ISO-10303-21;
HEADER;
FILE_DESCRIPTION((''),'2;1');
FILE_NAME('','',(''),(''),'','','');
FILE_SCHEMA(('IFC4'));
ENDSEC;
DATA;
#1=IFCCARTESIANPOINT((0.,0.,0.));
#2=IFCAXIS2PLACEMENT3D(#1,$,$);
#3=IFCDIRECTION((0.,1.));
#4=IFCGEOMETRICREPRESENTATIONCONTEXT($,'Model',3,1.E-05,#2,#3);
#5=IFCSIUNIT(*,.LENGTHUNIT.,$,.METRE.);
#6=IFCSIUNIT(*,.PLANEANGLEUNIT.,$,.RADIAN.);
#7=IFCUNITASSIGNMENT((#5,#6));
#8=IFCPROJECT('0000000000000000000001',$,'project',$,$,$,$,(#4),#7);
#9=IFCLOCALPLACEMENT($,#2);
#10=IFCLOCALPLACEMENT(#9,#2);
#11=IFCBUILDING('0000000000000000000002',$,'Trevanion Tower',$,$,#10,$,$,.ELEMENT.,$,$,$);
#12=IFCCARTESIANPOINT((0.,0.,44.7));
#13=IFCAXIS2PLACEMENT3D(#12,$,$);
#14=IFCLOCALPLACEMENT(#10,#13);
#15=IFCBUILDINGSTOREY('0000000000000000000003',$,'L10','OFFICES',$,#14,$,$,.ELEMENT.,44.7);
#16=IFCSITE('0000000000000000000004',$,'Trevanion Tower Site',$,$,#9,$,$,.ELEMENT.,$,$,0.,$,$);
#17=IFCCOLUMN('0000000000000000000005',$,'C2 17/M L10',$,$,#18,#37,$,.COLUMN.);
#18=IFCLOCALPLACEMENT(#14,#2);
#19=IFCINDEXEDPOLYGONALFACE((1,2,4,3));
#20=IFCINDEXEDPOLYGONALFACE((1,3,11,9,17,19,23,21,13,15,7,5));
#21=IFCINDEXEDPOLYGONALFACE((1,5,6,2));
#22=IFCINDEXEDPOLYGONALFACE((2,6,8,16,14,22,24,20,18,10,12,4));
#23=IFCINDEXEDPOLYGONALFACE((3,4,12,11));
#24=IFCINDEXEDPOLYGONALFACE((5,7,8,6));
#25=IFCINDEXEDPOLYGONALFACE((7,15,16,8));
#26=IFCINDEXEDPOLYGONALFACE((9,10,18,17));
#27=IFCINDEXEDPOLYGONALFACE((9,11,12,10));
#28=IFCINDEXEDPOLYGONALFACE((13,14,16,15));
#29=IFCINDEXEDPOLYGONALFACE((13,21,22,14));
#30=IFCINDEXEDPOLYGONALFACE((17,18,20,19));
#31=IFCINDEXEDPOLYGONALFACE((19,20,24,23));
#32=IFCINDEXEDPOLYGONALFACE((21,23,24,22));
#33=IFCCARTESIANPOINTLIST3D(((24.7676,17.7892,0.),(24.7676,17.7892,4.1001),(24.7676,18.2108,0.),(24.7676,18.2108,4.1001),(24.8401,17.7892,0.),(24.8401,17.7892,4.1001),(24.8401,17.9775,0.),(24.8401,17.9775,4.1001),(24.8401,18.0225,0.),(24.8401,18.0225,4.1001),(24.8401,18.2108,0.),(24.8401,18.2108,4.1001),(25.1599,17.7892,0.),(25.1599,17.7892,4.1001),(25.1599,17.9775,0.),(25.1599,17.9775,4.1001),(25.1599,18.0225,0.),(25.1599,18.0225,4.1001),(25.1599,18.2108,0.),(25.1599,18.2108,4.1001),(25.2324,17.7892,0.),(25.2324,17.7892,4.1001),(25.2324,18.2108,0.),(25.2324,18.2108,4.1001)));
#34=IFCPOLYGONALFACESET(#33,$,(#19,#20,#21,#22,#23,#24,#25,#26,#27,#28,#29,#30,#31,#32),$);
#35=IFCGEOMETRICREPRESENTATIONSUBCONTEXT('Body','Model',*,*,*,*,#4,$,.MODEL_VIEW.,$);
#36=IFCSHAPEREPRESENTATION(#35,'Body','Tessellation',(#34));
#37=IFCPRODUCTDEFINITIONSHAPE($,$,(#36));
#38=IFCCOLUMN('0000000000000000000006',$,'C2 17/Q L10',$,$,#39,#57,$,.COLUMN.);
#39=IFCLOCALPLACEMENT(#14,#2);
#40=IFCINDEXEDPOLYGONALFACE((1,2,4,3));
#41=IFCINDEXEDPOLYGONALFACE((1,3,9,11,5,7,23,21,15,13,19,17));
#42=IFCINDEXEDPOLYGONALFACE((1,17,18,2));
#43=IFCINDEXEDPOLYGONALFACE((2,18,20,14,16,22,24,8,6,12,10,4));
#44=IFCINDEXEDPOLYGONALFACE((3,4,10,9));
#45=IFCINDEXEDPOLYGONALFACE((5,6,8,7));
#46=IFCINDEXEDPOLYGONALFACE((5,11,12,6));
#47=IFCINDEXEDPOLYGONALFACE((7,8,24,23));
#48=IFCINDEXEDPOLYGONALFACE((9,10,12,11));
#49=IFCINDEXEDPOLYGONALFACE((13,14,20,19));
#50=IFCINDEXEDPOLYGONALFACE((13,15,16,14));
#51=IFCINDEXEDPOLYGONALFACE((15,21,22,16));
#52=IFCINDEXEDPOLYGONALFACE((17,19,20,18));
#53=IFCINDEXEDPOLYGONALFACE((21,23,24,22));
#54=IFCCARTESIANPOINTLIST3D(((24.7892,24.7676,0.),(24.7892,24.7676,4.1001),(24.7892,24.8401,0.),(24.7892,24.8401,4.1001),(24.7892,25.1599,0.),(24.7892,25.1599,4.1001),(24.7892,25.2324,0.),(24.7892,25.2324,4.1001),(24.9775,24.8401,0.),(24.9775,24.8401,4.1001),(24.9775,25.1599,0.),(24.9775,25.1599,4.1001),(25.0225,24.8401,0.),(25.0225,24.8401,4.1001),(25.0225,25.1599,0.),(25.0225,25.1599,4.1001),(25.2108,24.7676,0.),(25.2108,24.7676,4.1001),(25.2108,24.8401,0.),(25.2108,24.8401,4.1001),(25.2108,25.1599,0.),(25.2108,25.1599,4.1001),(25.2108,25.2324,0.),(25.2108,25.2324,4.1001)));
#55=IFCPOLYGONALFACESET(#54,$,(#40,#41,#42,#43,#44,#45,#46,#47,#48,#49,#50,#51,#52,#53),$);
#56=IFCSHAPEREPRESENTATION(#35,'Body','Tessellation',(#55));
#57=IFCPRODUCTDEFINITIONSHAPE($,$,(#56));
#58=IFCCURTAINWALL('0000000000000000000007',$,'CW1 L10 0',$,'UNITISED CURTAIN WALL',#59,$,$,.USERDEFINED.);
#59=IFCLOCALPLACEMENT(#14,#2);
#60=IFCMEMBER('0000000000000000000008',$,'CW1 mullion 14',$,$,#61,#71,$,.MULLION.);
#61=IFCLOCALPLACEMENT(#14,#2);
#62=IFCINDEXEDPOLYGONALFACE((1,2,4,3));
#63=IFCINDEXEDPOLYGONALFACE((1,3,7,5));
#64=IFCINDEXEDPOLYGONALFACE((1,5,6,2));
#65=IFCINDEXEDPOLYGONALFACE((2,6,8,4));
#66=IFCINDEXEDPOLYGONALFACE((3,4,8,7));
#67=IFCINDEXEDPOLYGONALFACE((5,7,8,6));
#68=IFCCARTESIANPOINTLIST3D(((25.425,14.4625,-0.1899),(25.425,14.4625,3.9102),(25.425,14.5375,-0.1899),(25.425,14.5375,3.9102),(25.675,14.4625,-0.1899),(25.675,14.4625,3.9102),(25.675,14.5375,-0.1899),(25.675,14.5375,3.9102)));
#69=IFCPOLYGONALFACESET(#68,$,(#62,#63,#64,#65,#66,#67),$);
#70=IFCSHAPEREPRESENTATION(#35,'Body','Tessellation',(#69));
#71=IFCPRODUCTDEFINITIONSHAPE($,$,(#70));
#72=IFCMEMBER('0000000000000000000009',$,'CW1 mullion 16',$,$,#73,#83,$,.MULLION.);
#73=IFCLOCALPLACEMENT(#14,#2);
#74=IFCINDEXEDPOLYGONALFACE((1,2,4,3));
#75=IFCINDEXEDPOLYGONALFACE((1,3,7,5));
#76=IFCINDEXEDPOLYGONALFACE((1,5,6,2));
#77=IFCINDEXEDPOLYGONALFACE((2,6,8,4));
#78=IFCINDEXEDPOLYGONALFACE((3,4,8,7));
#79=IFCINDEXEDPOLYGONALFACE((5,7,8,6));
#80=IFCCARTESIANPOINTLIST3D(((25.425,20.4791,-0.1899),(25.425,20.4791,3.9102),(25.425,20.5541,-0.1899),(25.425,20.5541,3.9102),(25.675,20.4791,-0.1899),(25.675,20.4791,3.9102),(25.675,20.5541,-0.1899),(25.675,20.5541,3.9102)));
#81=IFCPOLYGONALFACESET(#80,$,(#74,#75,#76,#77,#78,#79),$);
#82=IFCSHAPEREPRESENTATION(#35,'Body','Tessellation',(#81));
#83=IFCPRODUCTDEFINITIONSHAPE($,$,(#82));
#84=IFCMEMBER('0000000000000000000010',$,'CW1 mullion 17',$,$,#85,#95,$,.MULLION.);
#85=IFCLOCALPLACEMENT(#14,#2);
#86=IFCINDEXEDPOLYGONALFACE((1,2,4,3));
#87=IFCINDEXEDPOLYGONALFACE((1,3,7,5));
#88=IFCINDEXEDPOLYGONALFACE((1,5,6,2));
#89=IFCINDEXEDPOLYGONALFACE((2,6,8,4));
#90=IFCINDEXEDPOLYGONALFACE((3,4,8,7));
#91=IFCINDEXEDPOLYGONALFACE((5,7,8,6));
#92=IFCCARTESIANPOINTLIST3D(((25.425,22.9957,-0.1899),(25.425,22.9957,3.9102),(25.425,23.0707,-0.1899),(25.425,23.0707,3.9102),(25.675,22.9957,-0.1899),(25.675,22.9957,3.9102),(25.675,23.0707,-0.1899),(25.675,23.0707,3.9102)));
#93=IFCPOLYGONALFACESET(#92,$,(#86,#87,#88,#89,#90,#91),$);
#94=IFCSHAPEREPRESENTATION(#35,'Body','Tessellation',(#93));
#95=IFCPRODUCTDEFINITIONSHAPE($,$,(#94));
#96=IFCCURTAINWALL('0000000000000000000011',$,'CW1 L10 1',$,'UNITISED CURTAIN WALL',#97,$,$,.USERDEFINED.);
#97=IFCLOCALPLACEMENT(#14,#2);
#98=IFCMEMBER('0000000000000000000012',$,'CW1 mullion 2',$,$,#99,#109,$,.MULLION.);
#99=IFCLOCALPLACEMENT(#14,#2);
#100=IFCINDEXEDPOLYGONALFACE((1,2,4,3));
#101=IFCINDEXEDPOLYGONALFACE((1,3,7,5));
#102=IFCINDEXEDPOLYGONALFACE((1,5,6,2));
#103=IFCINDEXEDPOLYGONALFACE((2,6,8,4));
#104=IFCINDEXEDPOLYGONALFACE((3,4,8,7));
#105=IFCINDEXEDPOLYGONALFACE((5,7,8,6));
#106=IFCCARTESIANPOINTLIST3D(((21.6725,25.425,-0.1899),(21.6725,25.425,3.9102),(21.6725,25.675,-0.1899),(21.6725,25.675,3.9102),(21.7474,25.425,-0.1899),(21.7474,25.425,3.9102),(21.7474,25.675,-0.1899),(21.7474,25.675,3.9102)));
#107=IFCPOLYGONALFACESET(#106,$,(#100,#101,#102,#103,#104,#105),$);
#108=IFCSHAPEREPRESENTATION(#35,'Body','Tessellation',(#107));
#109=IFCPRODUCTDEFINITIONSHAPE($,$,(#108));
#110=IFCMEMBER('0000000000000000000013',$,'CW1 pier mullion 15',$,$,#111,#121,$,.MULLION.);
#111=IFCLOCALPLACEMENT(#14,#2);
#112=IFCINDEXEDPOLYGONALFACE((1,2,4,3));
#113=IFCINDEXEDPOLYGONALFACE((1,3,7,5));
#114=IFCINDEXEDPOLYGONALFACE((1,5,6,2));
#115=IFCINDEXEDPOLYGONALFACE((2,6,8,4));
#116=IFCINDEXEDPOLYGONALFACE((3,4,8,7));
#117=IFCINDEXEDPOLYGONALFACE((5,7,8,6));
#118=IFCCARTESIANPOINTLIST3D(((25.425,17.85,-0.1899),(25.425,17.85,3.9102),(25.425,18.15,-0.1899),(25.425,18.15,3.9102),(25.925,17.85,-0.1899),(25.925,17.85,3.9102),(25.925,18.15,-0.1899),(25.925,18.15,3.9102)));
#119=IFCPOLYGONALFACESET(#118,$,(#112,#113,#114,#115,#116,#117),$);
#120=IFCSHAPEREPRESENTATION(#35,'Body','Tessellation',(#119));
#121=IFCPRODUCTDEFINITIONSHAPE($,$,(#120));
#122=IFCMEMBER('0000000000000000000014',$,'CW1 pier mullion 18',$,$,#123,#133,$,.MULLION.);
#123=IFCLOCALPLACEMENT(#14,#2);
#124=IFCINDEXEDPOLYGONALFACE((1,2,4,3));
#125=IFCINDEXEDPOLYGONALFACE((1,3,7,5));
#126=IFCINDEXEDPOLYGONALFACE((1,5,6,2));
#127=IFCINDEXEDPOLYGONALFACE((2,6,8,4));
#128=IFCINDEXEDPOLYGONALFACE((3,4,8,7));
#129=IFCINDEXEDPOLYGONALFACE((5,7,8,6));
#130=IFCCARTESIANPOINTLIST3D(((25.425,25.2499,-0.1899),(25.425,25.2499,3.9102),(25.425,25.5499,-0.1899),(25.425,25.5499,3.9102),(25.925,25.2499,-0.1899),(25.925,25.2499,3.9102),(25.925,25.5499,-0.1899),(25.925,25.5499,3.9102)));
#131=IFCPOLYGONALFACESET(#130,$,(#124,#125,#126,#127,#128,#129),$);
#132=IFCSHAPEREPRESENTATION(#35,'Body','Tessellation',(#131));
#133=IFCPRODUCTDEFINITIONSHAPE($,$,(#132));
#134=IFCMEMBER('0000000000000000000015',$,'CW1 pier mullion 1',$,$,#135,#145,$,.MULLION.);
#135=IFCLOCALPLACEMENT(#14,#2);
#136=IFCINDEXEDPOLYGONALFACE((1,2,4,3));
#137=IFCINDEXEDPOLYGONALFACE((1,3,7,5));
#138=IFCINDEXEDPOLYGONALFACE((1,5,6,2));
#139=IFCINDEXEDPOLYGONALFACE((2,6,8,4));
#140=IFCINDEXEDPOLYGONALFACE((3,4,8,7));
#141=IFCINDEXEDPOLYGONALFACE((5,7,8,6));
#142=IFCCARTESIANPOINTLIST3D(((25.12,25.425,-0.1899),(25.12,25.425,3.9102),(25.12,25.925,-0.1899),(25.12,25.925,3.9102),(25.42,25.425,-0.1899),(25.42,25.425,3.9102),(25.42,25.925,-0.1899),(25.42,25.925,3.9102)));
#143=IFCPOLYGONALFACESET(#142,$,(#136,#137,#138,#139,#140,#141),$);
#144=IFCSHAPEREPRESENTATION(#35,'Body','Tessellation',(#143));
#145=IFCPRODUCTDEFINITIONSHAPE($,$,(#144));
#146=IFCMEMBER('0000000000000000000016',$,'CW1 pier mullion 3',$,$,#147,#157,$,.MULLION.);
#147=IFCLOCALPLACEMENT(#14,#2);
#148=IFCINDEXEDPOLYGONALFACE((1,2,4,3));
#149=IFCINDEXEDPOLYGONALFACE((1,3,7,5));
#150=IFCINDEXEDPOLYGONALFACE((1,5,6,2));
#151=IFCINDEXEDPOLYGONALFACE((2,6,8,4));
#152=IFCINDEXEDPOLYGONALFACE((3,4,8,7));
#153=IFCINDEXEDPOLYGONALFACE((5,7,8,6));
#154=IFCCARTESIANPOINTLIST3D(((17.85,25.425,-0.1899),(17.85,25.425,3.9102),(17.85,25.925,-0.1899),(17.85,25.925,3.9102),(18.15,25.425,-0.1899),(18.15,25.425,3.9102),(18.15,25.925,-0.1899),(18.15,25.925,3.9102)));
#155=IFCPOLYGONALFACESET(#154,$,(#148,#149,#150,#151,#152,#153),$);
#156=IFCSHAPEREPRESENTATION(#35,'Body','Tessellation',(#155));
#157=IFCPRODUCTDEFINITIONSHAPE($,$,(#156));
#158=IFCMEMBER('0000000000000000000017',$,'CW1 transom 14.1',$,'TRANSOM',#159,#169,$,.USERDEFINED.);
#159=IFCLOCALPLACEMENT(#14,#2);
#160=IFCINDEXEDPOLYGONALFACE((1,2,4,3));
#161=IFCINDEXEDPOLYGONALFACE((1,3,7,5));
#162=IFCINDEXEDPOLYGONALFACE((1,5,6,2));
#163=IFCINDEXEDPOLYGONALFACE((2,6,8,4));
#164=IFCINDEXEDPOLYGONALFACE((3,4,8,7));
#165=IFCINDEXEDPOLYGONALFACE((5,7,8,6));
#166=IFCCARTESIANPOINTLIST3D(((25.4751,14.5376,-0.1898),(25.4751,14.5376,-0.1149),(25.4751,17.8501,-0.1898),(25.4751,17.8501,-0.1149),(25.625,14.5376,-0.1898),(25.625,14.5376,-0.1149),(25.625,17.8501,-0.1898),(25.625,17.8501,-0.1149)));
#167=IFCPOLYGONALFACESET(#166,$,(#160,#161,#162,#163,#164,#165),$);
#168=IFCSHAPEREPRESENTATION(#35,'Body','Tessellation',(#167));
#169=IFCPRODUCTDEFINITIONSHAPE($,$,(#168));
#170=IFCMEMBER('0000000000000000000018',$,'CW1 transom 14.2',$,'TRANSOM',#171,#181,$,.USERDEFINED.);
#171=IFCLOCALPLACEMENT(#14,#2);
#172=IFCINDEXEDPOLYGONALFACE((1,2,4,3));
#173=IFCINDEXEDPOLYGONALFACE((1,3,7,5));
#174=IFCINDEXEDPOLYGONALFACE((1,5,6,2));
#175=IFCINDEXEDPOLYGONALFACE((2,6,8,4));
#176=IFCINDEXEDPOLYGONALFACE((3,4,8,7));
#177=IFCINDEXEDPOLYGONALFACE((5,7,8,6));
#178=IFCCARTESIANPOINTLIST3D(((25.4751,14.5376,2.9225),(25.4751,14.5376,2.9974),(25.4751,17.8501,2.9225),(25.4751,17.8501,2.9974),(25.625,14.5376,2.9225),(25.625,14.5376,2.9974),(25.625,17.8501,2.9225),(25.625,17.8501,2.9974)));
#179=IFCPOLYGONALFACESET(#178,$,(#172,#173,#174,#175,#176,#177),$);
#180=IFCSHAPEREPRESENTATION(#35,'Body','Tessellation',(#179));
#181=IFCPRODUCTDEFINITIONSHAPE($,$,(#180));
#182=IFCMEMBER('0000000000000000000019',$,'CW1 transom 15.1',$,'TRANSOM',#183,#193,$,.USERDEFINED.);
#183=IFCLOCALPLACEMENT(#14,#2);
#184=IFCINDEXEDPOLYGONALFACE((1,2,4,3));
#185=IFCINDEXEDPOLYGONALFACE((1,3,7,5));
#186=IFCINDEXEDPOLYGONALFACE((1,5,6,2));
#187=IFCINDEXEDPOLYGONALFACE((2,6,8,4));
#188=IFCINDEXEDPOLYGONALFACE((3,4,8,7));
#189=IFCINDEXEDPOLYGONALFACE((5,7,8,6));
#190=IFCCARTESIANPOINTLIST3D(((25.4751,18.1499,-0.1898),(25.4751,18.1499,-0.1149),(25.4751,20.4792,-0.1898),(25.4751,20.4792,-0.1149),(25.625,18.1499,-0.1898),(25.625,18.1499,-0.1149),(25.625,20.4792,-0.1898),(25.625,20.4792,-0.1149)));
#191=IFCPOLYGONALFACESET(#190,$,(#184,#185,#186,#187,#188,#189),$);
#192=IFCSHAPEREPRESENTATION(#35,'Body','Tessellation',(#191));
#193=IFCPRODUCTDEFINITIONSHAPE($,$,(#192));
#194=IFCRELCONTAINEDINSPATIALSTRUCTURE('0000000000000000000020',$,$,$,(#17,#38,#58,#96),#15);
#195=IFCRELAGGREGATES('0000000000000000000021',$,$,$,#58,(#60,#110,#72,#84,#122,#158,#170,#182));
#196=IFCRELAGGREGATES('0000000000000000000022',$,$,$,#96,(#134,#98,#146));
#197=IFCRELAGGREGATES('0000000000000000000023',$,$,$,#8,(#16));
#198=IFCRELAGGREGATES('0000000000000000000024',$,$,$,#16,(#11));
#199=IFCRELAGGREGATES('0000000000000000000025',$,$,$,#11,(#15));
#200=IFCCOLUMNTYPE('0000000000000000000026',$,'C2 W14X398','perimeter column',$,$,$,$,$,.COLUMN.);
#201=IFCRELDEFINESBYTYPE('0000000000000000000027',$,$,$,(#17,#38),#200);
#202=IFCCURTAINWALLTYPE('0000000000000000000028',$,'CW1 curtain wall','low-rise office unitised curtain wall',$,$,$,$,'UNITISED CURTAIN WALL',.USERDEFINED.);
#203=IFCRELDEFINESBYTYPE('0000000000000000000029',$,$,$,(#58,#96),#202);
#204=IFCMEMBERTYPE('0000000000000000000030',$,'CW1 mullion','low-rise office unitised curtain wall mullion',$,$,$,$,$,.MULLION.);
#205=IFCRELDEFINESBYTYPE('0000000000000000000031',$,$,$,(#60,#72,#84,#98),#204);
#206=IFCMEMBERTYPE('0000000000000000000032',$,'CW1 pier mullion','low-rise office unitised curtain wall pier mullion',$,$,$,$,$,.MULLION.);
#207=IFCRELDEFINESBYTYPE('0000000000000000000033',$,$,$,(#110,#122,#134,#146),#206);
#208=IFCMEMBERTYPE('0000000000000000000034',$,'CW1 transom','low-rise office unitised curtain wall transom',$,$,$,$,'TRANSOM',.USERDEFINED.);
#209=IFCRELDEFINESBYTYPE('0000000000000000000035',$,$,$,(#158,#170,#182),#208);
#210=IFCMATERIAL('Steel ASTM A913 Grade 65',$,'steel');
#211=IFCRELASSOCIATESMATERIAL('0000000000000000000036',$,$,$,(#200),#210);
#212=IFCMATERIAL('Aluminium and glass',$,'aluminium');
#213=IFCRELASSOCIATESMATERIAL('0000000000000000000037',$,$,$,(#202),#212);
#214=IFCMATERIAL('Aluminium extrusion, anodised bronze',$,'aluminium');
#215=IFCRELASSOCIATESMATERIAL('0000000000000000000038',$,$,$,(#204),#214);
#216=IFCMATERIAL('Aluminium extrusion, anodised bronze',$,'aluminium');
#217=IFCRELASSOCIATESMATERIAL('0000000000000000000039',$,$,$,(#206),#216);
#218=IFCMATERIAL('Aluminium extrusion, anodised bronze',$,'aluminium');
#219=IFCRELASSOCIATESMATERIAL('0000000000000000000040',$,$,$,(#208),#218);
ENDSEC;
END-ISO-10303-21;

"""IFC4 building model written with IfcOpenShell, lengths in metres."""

from ifc_helpers import new_model, si_unit, direction, frame, origin, origin_2d, place, context, subcontext, project, spatial, rectangle, i_section, extrude, material, material_profile, profile_set, type_object, element, aggregate, save


model = new_model("IFC4")

# Units and contexts
model_context = context("Model", 3, precision=1e-05, world=origin(), true_north=direction((0.0, 1.0)))
body_context = subcontext(model_context, "Body", "Model", "MODEL_VIEW")
ifc_project = project(units=[si_unit("LENGTHUNIT", "METRE"), si_unit("PLANEANGLEUNIT", "RADIAN")], contexts=[model_context])

# Site, building, storey
site_placement = place(None, origin())
site = spatial("IfcSite", under=ifc_project, at=site_placement, Name="Trevanion Tower Site", CompositionType="ELEMENT", RefElevation=0.0)
building_placement = place(site_placement, origin())
building = spatial("IfcBuilding", under=site, at=building_placement, Name="Trevanion Tower", CompositionType="ELEMENT")
storey_placement = place(building_placement, frame((0.0, 0.0, 44.7)))
storey = spatial("IfcBuildingStorey", under=building, at=storey_placement, Name="L10", Description="OFFICES", CompositionType="ELEMENT", Elevation=44.7)

# Columns
ifc_material_1 = material(Name="Steel ASTM A913 Grade 65", Category="steel")
ifc_material_profile_1 = material_profile(ifc_material_1, i_section(OverallWidth=0.4216, OverallDepth=0.4648, WebThickness=0.0449, FlangeThickness=0.0725, at=origin_2d()), Name="W14X398")
ifc_profile_set_1 = profile_set([ifc_material_profile_1], Name="Steel ASTM A913 Grade 65")
column_type = type_object("IfcColumnType", Name="C2 W14X398", Description="perimeter column", PredefinedType="COLUMN", material=ifc_profile_set_1)
for number, where, z_axis, x_axis, name in (
    (1, (25.0, 18.0, 0.0), (0.0, 0.0, 1.0), (0.0, 1.0, 0.0), "C2 17/M L10"),
    (2, (25.0, 25.0, 0.0), (0.0, 0.0, 1.0), (1.0, 0.0, 0.0), "C2 17/Q L10"),
):
    element("IfcColumn", number, at=place(storey_placement, frame(where, z_axis=z_axis, x_axis=x_axis)), inside=storey, type_object=column_type, Name=name, PredefinedType="COLUMN", context=body_context, shape_type="SweptSolid", body=[
        extrude(i_section(OverallWidth=0.4216, OverallDepth=0.4648, WebThickness=0.0449, FlangeThickness=0.0725, at=origin_2d()), origin(), (0.0, 0.0, 1.0), 4.1001),
    ])

# Curtain wall, members
ifc_material_2 = material(Name="Aluminium and glass", Category="aluminium")
curtain_wall_type = type_object("IfcCurtainWallType", Name="CW1 curtain wall", Description="low-rise office unitised curtain wall", ElementType="UNITISED CURTAIN WALL", PredefinedType="USERDEFINED", material=ifc_material_2)
curtain_wall_1_placement = place(storey_placement, origin())
curtain_wall_1 = element("IfcCurtainWall", 3, at=curtain_wall_1_placement, inside=storey, type_object=curtain_wall_type, Name="CW1 L10 0", ObjectType="UNITISED CURTAIN WALL", PredefinedType="USERDEFINED")
ifc_material_3 = material(Name="Aluminium extrusion, anodised bronze", Category="aluminium")
ifc_material_profile_2 = material_profile(ifc_material_3, rectangle(XDim=0.075, YDim=0.25, at=origin_2d()), Name="CW1 mullion")
ifc_profile_set_2 = profile_set([ifc_material_profile_2], Name="Aluminium extrusion, anodised bronze")
member_type_1 = type_object("IfcMemberType", Name="CW1 mullion", Description="low-rise office unitised curtain wall mullion", PredefinedType="MULLION", material=ifc_profile_set_2)
member_1_placement = place(storey_placement, frame((25.55, 14.5, -0.1899), z_axis=(0.0, 0.0, 1.0), x_axis=(0.0, 1.0, 0.0)))
member_1 = element("IfcMember", 4, at=member_1_placement, type_object=member_type_1, Name="CW1 mullion 14", PredefinedType="MULLION", context=body_context, shape_type="SweptSolid", body=[
    extrude(rectangle(XDim=0.075, YDim=0.25, at=origin_2d()), origin(), (0.0, 0.0, 1.0), 4.1001),
])
member_2_placement = place(storey_placement, frame((25.55, 20.5166, -0.1899), z_axis=(0.0, 0.0, 1.0), x_axis=(0.0, 1.0, 0.0)))
member_2 = element("IfcMember", 5, at=member_2_placement, type_object=member_type_1, Name="CW1 mullion 16", PredefinedType="MULLION", context=body_context, shape_type="SweptSolid", body=[
    extrude(rectangle(XDim=0.075, YDim=0.25, at=origin_2d()), origin(), (0.0, 0.0, 1.0), 4.1001),
])
member_3_placement = place(storey_placement, frame((25.55, 23.0332, -0.1899), z_axis=(0.0, 0.0, 1.0), x_axis=(0.0, 1.0, 0.0)))
member_3 = element("IfcMember", 6, at=member_3_placement, type_object=member_type_1, Name="CW1 mullion 17", PredefinedType="MULLION", context=body_context, shape_type="SweptSolid", body=[
    extrude(rectangle(XDim=0.075, YDim=0.25, at=origin_2d()), origin(), (0.0, 0.0, 1.0), 4.1001),
])

# Curtain wall, member
curtain_wall_2_placement = place(storey_placement, origin())
curtain_wall_2 = element("IfcCurtainWall", 7, at=curtain_wall_2_placement, inside=storey, type_object=curtain_wall_type, Name="CW1 L10 1", ObjectType="UNITISED CURTAIN WALL", PredefinedType="USERDEFINED")
member_4_placement = place(storey_placement, frame((21.71, 25.55, -0.1899), z_axis=(0.0, 0.0, 1.0), x_axis=(-1.0, 0.0, 0.0)))
member_4 = element("IfcMember", 8, at=member_4_placement, type_object=member_type_1, Name="CW1 mullion 2", PredefinedType="MULLION", context=body_context, shape_type="SweptSolid", body=[
    extrude(rectangle(XDim=0.075, YDim=0.25, at=origin_2d()), origin(), (0.0, 0.0, 1.0), 4.1001),
])

# Members
ifc_material_4 = material(Name="Aluminium extrusion, anodised bronze", Category="aluminium")
ifc_material_profile_3 = material_profile(ifc_material_4, rectangle(XDim=0.3, YDim=0.5, at=origin_2d()), Name="CW1 pier mullion")
ifc_profile_set_3 = profile_set([ifc_material_profile_3], Name="Aluminium extrusion, anodised bronze")
member_type_2 = type_object("IfcMemberType", Name="CW1 pier mullion", Description="low-rise office unitised curtain wall pier mullion", PredefinedType="MULLION", material=ifc_profile_set_3)
member_5_placement = place(storey_placement, frame((25.675, 18.0, -0.1899), z_axis=(0.0, 0.0, 1.0), x_axis=(0.0, 1.0, 0.0)))
member_5 = element("IfcMember", 9, at=member_5_placement, type_object=member_type_2, Name="CW1 pier mullion 15", PredefinedType="MULLION", context=body_context, shape_type="SweptSolid", body=[
    extrude(rectangle(XDim=0.3, YDim=0.5, at=origin_2d()), origin(), (0.0, 0.0, 1.0), 4.1001),
])
member_6_placement = place(storey_placement, frame((25.675, 25.3999, -0.1899), z_axis=(0.0, 0.0, 1.0), x_axis=(0.0, 1.0, 0.0)))
member_6 = element("IfcMember", 10, at=member_6_placement, type_object=member_type_2, Name="CW1 pier mullion 18", PredefinedType="MULLION", context=body_context, shape_type="SweptSolid", body=[
    extrude(rectangle(XDim=0.3, YDim=0.5, at=origin_2d()), origin(), (0.0, 0.0, 1.0), 4.1001),
])
member_7_placement = place(storey_placement, frame((25.27, 25.675, -0.1899), z_axis=(0.0, 0.0, 1.0), x_axis=(-1.0, 0.0, 0.0)))
member_7 = element("IfcMember", 11, at=member_7_placement, type_object=member_type_2, Name="CW1 pier mullion 1", PredefinedType="MULLION", context=body_context, shape_type="SweptSolid", body=[
    extrude(rectangle(XDim=0.3, YDim=0.5, at=origin_2d()), origin(), (0.0, 0.0, 1.0), 4.1001),
])
member_8_placement = place(storey_placement, frame((18.0, 25.675, -0.1899), z_axis=(0.0, 0.0, 1.0), x_axis=(-1.0, 0.0, 0.0)))
member_8 = element("IfcMember", 12, at=member_8_placement, type_object=member_type_2, Name="CW1 pier mullion 3", PredefinedType="MULLION", context=body_context, shape_type="SweptSolid", body=[
    extrude(rectangle(XDim=0.3, YDim=0.5, at=origin_2d()), origin(), (0.0, 0.0, 1.0), 4.1001),
])
ifc_material_5 = material(Name="Aluminium extrusion, anodised bronze", Category="aluminium")
ifc_material_profile_4 = material_profile(ifc_material_5, rectangle(XDim=0.1499, YDim=0.075, at=origin_2d()), Name="CW1 transom")
ifc_profile_set_4 = profile_set([ifc_material_profile_4], Name="Aluminium extrusion, anodised bronze")
member_type_3 = type_object("IfcMemberType", Name="CW1 transom", Description="low-rise office unitised curtain wall transom", ElementType="TRANSOM", PredefinedType="USERDEFINED", material=ifc_profile_set_4)
member_9_placement = place(storey_placement, frame((25.55, 14.5376, -0.1523), z_axis=(0.0, 1.0, 0.0), x_axis=(-1.0, 0.0, 0.0)))
member_9 = element("IfcMember", 13, at=member_9_placement, type_object=member_type_3, Name="CW1 transom 14.1", ObjectType="TRANSOM", PredefinedType="USERDEFINED", context=body_context, shape_type="SweptSolid", body=[
    extrude(rectangle(XDim=0.1499, YDim=0.075, at=origin_2d()), origin(), (0.0, 0.0, 1.0), 3.3125),
])
member_10_placement = place(storey_placement, frame((25.55, 14.5376, 2.96), z_axis=(0.0, 1.0, 0.0), x_axis=(-1.0, 0.0, 0.0)))
member_10 = element("IfcMember", 14, at=member_10_placement, type_object=member_type_3, Name="CW1 transom 14.2", ObjectType="TRANSOM", PredefinedType="USERDEFINED", context=body_context, shape_type="SweptSolid", body=[
    extrude(rectangle(XDim=0.1499, YDim=0.075, at=origin_2d()), origin(), (0.0, 0.0, 1.0), 3.3125),
])
member_11_placement = place(storey_placement, frame((25.55, 18.1499, -0.1523), z_axis=(0.0, 1.0, 0.0), x_axis=(-1.0, 0.0, 0.0)))
member_11 = element("IfcMember", 15, at=member_11_placement, type_object=member_type_3, Name="CW1 transom 15.1", ObjectType="TRANSOM", PredefinedType="USERDEFINED", context=body_context, shape_type="SweptSolid", body=[
    extrude(rectangle(XDim=0.1499, YDim=0.075, at=origin_2d()), origin(), (0.0, 0.0, 1.0), 2.3293),
])

aggregate(curtain_wall_1, [member_1, member_5, member_2, member_3, member_6, member_9, member_10, member_11])
aggregate(curtain_wall_2, [member_7, member_4, member_8])

save(model, "model.ifc")
